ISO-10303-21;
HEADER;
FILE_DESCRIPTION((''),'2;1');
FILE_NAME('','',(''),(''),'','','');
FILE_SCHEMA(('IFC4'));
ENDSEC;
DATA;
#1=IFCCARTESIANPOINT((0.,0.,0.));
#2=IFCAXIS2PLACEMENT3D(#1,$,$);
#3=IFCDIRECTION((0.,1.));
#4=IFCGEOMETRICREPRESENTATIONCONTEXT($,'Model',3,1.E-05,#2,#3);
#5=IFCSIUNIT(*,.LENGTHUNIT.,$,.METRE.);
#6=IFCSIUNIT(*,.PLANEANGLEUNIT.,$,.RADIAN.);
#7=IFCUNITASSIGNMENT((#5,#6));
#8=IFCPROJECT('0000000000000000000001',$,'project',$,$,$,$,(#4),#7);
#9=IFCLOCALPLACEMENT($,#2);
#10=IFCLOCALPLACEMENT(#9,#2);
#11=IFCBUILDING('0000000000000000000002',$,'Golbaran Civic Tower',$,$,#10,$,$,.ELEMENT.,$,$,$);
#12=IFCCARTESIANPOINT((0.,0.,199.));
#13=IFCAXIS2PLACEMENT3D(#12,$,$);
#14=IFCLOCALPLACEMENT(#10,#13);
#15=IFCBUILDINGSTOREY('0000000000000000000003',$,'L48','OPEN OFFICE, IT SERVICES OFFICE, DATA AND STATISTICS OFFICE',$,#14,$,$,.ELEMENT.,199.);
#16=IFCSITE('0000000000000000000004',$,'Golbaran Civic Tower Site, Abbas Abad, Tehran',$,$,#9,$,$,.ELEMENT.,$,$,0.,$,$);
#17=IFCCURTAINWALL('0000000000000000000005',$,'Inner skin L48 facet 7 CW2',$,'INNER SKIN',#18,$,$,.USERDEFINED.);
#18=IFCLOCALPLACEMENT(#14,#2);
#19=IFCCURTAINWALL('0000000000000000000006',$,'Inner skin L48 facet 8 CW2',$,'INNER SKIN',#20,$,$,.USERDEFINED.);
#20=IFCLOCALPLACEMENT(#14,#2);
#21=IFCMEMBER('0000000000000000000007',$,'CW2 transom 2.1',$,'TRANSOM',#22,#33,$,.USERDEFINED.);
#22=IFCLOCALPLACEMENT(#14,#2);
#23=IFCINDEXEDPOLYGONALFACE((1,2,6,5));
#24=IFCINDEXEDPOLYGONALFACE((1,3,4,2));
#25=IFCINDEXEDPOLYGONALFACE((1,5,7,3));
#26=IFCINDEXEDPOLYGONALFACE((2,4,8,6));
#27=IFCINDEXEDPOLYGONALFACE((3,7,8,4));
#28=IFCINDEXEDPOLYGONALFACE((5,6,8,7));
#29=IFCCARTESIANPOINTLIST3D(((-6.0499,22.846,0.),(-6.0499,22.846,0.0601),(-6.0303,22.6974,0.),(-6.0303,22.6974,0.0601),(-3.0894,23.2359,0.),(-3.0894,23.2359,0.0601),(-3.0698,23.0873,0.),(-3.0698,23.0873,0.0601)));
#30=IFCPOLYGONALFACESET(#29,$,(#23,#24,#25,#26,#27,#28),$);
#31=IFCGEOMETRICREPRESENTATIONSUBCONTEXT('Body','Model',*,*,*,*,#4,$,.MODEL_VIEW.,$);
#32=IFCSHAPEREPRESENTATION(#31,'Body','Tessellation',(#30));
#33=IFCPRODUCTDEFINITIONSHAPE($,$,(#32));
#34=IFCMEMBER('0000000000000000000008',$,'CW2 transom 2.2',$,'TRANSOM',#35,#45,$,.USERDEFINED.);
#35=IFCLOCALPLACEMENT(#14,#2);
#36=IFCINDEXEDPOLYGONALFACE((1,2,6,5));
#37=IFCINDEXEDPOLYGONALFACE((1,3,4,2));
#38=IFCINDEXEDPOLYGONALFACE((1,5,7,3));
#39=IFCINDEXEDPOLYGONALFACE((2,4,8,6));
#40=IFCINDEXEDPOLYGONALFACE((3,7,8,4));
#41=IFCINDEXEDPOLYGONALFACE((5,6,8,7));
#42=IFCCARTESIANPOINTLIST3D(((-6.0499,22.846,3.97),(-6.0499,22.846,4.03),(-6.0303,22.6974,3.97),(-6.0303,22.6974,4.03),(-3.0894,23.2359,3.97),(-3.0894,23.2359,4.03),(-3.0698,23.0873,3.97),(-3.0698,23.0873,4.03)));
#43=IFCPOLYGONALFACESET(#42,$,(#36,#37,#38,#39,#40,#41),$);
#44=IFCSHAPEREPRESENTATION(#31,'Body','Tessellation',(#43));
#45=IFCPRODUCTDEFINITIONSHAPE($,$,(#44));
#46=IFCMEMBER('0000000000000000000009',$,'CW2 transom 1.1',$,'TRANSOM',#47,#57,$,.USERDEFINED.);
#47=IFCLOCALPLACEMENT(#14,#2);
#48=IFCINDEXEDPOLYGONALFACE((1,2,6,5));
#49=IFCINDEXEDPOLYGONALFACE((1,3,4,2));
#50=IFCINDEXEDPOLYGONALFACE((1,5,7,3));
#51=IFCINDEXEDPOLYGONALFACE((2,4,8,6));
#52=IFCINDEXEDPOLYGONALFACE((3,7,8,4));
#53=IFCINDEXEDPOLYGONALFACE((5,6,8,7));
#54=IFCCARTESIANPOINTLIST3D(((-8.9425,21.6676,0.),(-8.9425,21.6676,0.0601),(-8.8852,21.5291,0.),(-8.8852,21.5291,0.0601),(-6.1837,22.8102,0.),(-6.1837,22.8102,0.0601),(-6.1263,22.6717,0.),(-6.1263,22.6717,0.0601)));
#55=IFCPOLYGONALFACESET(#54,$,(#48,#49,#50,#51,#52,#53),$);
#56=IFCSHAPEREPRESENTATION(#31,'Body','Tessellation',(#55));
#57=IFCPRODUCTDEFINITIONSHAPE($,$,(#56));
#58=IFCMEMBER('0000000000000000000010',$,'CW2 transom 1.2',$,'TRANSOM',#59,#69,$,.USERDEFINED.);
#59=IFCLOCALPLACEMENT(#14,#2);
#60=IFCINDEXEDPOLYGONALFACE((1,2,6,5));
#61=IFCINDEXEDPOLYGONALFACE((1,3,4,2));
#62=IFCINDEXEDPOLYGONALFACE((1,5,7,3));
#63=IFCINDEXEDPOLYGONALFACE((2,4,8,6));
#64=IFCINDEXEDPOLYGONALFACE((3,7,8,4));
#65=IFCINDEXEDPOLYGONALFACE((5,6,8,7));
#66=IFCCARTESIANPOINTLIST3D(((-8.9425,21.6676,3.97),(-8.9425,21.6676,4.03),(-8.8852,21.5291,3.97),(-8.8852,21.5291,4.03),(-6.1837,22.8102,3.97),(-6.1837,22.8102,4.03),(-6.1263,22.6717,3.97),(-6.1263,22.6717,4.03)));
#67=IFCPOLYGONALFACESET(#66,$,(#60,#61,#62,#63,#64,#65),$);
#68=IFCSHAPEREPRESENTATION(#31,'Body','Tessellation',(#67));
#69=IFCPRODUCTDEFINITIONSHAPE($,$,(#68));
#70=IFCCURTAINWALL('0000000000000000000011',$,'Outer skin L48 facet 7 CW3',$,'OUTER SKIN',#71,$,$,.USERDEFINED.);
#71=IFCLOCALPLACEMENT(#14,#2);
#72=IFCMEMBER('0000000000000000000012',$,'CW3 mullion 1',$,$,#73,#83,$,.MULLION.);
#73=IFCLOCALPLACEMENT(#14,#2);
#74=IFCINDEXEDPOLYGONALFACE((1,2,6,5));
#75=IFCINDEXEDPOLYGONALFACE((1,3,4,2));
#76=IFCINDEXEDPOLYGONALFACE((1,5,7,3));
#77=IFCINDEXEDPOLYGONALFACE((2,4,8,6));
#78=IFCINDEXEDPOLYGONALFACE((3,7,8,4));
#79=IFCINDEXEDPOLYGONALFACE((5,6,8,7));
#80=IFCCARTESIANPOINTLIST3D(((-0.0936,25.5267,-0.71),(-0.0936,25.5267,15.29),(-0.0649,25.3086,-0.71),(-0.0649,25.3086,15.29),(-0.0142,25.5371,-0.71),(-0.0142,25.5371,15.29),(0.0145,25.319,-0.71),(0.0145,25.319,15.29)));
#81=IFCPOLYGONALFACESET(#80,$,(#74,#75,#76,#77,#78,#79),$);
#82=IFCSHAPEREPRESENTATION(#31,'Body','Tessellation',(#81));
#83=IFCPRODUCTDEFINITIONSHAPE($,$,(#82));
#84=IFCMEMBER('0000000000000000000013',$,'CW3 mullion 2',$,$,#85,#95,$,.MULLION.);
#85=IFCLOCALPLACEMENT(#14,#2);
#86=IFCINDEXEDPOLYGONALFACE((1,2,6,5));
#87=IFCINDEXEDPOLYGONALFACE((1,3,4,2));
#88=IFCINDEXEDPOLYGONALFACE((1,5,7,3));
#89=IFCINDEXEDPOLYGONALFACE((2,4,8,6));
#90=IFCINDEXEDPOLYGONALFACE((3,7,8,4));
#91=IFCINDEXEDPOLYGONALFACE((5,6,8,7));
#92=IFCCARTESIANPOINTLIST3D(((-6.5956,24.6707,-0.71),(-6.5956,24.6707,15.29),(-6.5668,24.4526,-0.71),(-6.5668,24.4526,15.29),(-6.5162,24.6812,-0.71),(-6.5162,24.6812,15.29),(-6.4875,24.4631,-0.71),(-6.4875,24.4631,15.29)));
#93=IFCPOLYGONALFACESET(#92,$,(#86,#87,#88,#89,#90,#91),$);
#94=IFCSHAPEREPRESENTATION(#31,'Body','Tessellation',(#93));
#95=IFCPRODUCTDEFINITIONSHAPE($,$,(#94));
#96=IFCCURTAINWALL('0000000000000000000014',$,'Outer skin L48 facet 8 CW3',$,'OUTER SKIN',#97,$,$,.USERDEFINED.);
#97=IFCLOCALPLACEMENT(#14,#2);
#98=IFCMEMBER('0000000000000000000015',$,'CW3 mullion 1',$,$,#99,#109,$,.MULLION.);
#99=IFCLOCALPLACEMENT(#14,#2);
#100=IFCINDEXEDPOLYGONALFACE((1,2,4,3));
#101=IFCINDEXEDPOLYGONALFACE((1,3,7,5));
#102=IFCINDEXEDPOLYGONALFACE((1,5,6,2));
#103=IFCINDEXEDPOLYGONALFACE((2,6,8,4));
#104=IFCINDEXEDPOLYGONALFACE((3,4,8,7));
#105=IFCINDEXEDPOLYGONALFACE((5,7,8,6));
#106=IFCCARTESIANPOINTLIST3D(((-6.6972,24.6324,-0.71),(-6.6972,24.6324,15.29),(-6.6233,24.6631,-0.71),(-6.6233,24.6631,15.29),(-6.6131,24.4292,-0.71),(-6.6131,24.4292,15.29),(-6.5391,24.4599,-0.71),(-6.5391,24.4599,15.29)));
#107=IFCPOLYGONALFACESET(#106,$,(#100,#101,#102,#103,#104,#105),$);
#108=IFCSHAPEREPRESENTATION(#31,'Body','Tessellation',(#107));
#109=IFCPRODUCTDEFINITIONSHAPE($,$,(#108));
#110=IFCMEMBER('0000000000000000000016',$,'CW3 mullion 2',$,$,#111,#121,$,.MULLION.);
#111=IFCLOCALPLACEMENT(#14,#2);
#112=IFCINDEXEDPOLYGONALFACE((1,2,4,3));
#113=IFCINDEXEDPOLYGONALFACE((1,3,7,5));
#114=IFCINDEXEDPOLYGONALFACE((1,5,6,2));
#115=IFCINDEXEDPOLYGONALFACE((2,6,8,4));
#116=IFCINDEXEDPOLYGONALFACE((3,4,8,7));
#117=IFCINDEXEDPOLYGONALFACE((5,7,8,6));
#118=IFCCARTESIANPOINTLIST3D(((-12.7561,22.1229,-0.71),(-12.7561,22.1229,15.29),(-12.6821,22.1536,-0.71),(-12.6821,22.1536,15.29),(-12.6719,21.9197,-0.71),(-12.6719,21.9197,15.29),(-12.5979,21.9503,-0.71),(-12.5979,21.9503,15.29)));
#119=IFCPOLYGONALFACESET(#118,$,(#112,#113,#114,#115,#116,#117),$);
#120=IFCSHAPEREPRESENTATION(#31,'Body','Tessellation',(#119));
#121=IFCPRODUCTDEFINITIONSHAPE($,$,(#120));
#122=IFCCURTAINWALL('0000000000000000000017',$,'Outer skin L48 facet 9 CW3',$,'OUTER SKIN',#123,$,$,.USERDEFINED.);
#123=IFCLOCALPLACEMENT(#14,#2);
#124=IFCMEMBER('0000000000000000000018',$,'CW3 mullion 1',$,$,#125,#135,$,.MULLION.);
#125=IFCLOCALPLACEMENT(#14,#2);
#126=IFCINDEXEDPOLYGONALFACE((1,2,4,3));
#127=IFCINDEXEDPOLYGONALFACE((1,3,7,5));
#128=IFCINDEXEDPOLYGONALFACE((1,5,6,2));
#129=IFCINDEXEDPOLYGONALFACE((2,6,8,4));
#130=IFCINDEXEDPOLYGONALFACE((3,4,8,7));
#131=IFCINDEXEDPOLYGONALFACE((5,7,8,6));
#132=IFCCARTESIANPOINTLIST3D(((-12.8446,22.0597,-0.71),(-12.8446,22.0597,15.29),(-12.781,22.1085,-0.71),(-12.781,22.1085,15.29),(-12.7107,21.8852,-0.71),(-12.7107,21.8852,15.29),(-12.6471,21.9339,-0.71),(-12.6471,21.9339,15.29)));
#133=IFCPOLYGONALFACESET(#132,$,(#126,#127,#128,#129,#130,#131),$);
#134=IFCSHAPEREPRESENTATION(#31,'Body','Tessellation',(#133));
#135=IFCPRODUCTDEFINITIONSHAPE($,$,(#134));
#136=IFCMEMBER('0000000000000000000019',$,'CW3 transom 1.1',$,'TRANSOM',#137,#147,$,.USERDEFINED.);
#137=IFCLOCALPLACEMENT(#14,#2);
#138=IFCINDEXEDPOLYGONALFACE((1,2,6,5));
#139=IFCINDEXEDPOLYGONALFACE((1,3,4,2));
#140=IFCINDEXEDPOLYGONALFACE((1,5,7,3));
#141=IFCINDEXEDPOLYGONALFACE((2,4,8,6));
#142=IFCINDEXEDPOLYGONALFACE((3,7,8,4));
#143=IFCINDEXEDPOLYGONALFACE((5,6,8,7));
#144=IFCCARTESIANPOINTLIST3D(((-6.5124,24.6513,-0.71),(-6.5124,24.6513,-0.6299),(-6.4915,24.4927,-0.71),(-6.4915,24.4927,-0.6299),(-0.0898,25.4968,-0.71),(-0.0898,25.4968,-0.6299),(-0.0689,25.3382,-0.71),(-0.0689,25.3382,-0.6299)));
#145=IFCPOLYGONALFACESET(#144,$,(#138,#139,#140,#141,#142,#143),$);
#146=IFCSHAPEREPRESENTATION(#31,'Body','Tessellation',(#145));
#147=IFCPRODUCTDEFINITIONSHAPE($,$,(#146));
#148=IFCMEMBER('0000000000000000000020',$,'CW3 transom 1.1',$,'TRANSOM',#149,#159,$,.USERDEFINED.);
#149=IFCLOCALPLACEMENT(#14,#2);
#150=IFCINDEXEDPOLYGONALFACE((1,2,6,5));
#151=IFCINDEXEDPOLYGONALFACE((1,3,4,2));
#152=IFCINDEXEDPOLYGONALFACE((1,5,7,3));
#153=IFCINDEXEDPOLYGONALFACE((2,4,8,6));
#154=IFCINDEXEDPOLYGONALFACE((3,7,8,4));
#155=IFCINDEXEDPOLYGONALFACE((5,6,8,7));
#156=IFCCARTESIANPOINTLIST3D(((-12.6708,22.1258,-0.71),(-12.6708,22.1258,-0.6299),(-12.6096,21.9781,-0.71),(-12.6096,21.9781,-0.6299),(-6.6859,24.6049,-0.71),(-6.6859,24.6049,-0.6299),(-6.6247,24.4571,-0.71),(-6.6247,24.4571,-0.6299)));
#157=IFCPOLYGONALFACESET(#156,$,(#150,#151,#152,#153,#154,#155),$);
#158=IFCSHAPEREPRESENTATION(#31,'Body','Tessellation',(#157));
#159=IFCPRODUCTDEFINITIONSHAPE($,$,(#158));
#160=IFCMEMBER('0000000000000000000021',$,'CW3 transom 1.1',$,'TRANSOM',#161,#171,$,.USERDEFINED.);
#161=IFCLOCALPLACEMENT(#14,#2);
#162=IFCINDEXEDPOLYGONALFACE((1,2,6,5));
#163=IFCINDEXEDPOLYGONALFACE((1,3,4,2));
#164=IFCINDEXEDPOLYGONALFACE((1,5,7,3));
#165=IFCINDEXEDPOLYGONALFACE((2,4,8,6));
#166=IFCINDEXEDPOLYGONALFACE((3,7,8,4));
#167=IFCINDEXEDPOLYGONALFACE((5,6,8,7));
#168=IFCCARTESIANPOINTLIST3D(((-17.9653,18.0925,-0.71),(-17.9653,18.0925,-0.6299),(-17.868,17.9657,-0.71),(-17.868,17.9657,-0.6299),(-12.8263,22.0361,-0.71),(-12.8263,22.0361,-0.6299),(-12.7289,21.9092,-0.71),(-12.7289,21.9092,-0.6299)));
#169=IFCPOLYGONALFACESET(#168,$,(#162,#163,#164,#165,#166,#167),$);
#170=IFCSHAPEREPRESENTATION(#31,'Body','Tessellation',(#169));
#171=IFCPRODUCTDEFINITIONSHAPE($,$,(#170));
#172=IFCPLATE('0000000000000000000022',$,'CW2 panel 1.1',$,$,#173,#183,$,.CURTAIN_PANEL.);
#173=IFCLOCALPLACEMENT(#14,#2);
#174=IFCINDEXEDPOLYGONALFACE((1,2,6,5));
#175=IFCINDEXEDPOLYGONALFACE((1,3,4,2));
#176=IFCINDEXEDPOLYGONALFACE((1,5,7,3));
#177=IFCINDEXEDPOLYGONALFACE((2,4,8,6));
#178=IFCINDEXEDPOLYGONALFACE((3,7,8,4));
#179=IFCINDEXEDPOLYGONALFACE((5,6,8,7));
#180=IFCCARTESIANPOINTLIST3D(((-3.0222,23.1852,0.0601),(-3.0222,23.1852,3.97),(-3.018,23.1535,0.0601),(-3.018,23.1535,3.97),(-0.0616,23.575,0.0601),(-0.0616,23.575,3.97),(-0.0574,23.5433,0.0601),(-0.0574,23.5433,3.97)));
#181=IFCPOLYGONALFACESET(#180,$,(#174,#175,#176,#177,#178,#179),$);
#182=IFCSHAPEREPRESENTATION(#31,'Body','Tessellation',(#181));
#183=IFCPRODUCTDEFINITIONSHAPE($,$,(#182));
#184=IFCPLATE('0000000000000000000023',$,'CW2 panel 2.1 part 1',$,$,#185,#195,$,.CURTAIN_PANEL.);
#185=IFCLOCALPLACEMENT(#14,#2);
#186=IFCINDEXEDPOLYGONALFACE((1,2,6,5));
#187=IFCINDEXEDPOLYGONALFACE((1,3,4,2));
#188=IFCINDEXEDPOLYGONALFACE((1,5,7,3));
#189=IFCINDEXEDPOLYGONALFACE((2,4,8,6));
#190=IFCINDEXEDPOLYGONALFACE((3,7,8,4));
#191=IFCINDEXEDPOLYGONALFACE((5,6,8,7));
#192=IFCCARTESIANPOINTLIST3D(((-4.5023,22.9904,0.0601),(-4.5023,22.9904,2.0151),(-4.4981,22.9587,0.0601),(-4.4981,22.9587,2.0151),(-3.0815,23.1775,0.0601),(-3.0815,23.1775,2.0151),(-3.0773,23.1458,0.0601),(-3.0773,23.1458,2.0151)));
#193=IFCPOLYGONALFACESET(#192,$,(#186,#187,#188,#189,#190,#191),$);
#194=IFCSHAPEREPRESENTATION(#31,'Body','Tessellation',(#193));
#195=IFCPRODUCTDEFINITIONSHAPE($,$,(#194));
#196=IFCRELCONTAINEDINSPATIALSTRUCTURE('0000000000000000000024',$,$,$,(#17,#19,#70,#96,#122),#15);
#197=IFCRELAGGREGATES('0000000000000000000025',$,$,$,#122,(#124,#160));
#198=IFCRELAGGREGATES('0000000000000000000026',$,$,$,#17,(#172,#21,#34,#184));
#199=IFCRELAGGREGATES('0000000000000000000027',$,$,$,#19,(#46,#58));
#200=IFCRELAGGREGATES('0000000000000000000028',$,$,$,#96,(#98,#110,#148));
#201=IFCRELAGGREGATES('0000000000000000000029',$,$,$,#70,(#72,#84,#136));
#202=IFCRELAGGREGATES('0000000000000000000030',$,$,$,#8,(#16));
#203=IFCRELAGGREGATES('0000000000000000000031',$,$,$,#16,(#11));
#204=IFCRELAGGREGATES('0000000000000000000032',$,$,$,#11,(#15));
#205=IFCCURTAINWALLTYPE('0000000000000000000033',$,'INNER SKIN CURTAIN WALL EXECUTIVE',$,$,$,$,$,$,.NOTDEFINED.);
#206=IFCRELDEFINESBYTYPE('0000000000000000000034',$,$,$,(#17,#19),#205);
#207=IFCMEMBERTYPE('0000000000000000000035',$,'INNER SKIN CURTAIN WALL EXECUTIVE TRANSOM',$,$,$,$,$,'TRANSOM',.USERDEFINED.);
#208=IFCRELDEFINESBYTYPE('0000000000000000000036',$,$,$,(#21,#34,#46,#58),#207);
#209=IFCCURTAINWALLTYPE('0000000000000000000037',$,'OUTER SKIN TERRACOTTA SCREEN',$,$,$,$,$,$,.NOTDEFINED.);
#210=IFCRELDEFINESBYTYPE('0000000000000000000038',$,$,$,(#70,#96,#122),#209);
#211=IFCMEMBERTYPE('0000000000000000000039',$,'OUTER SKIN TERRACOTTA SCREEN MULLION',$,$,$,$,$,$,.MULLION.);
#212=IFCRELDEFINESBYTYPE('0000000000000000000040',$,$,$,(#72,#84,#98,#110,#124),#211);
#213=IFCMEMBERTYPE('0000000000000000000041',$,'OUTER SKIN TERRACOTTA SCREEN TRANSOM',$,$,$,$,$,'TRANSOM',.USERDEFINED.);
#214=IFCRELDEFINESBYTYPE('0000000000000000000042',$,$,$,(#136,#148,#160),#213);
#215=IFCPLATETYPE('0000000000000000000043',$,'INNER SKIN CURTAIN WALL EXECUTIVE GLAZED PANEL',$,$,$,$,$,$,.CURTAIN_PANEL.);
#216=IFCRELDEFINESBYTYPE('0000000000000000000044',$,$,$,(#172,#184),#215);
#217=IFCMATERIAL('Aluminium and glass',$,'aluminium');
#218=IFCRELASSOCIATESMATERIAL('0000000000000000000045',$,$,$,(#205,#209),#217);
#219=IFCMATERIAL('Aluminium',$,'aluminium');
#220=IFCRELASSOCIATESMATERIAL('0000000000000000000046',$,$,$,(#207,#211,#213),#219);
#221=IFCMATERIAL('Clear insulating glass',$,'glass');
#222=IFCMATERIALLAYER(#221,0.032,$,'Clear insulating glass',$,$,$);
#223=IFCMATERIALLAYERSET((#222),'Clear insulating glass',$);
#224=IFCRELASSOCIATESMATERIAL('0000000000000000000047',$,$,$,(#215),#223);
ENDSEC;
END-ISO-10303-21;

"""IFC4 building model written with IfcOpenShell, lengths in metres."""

from ifc_helpers import new_model, si_unit, direction, frame, origin, origin_2d, place, context, subcontext, project, spatial, rectangle, extrude, material, layer, layer_set, material_profile, profile_set, type_object, element, aggregate, save


model = new_model("IFC4")

# Units and contexts
model_context = context("Model", 3, precision=1e-05, world=origin(), true_north=direction((0.0, 1.0)))
body_context = subcontext(model_context, "Body", "Model", "MODEL_VIEW")
ifc_project = project(units=[si_unit("LENGTHUNIT", "METRE"), si_unit("PLANEANGLEUNIT", "RADIAN")], contexts=[model_context])

# Site, building, storey
site_placement = place(None, origin())
site = spatial("IfcSite", under=ifc_project, at=site_placement, Name="Golbaran Civic Tower Site, Abbas Abad, Tehran", CompositionType="ELEMENT", RefElevation=0.0)
building_placement = place(site_placement, origin())
building = spatial("IfcBuilding", under=site, at=building_placement, Name="Golbaran Civic Tower", CompositionType="ELEMENT")
storey_placement = place(building_placement, frame((0.0, 0.0, 199.0)))
storey = spatial("IfcBuildingStorey", under=building, at=storey_placement, Name="L48", Description="OPEN OFFICE, IT SERVICES OFFICE, DATA AND STATISTICS OFFICE", CompositionType="ELEMENT", Elevation=199.0)

# Curtain wall
ifc_material_1 = material(Name="Aluminium and glass", Category="aluminium")
curtain_wall_type_1 = type_object("IfcCurtainWallType", Name="INNER SKIN CURTAIN WALL EXECUTIVE", PredefinedType="NOTDEFINED", material=ifc_material_1)
curtain_wall_1_placement = place(storey_placement, origin())
curtain_wall_1 = element("IfcCurtainWall", 1, at=curtain_wall_1_placement, inside=storey, type_object=curtain_wall_type_1, Name="Inner skin L48 facet 7 CW2", ObjectType="INNER SKIN", PredefinedType="USERDEFINED")
ifc_material_2 = material(Name="Aluminium", Category="aluminium")

# Curtain wall
curtain_wall_2_placement = place(storey_placement, origin())
curtain_wall_2 = element("IfcCurtainWall", 2, at=curtain_wall_2_placement, inside=storey, type_object=curtain_wall_type_1, Name="Inner skin L48 facet 8 CW2", ObjectType="INNER SKIN", PredefinedType="USERDEFINED")

# Members
ifc_material_profile_1 = material_profile(ifc_material_2, rectangle(XDim=0.1499, YDim=0.0601, at=origin_2d()), Name="INNER SKIN CURTAIN WALL EXECUTIVE TRANSOM")
ifc_profile_set_1 = profile_set([ifc_material_profile_1], Name="Aluminium")
member_type_1 = type_object("IfcMemberType", Name="INNER SKIN CURTAIN WALL EXECUTIVE TRANSOM", ElementType="TRANSOM", PredefinedType="USERDEFINED", material=ifc_profile_set_1)
member_1_placement = place(storey_placement, frame((-3.0796, 23.1616, 0.03), z_axis=(-0.991439, -0.130573, 0.0), x_axis=(0.130573, -0.991439, 0.0)))
member_1 = element("IfcMember", 3, at=member_1_placement, type_object=member_type_1, Name="CW2 transom 2.1", ObjectType="TRANSOM", PredefinedType="USERDEFINED", context=body_context, shape_type="SweptSolid", body=[
    extrude(rectangle(XDim=0.1499, YDim=0.0601, at=origin_2d()), origin(), (0.0, 0.0, 1.0), 2.9861),
])
member_2_placement = place(storey_placement, frame((-3.0796, 23.1616, 4.0), z_axis=(-0.991439, -0.130573, 0.0), x_axis=(0.130573, -0.991439, 0.0)))
member_2 = element("IfcMember", 4, at=member_2_placement, type_object=member_type_1, Name="CW2 transom 2.2", ObjectType="TRANSOM", PredefinedType="USERDEFINED", context=body_context, shape_type="SweptSolid", body=[
    extrude(rectangle(XDim=0.1499, YDim=0.0601, at=origin_2d()), origin(), (0.0, 0.0, 1.0), 2.9861),
])
member_3_placement = place(storey_placement, frame((-6.155, 22.741, 0.03), z_axis=(-0.923897, -0.382641, 0.0), x_axis=(0.382641, -0.923897, 0.0)))
member_3 = element("IfcMember", 5, at=member_3_placement, type_object=member_type_1, Name="CW2 transom 1.1", ObjectType="TRANSOM", PredefinedType="USERDEFINED", context=body_context, shape_type="SweptSolid", body=[
    extrude(rectangle(XDim=0.1499, YDim=0.0601, at=origin_2d()), origin(), (0.0, 0.0, 1.0), 2.9861),
])
member_4_placement = place(storey_placement, frame((-6.155, 22.741, 4.0), z_axis=(-0.923897, -0.382641, 0.0), x_axis=(0.382641, -0.923897, 0.0)))
member_4 = element("IfcMember", 6, at=member_4_placement, type_object=member_type_1, Name="CW2 transom 1.2", ObjectType="TRANSOM", PredefinedType="USERDEFINED", context=body_context, shape_type="SweptSolid", body=[
    extrude(rectangle(XDim=0.1499, YDim=0.0601, at=origin_2d()), origin(), (0.0, 0.0, 1.0), 2.9861),
])

# Curtain walls, members
curtain_wall_type_2 = type_object("IfcCurtainWallType", Name="OUTER SKIN TERRACOTTA SCREEN", PredefinedType="NOTDEFINED", material=ifc_material_1)
curtain_wall_3_placement = place(storey_placement, origin())
curtain_wall_3 = element("IfcCurtainWall", 7, at=curtain_wall_3_placement, inside=storey, type_object=curtain_wall_type_2, Name="Outer skin L48 facet 7 CW3", ObjectType="OUTER SKIN", PredefinedType="USERDEFINED")
ifc_material_profile_2 = material_profile(ifc_material_2, rectangle(XDim=0.22, YDim=0.0801, at=origin_2d()), Name="OUTER SKIN TERRACOTTA SCREEN MULLION")
ifc_profile_set_2 = profile_set([ifc_material_profile_2], Name="Aluminium")
member_type_2 = type_object("IfcMemberType", Name="OUTER SKIN TERRACOTTA SCREEN MULLION", PredefinedType="MULLION", material=ifc_profile_set_2)
member_5_placement = place(storey_placement, frame((-0.0396, 25.4229, -0.71), z_axis=(0.0, 0.0, 1.0), x_axis=(0.130526, -0.991445, 0.0)))
member_5 = element("IfcMember", 8, at=member_5_placement, type_object=member_type_2, Name="CW3 mullion 1", PredefinedType="MULLION", context=body_context, shape_type="SweptSolid", body=[
    extrude(rectangle(XDim=0.22, YDim=0.0801, at=origin_2d()), origin(), (0.0, 0.0, 1.0), 16.0),
])
member_6_placement = place(storey_placement, frame((-6.5415, 24.5669, -0.71), z_axis=(0.0, 0.0, 1.0), x_axis=(0.130526, -0.991445, 0.0)))
member_6 = element("IfcMember", 9, at=member_6_placement, type_object=member_type_2, Name="CW3 mullion 2", PredefinedType="MULLION", context=body_context, shape_type="SweptSolid", body=[
    extrude(rectangle(XDim=0.22, YDim=0.0801, at=origin_2d()), origin(), (0.0, 0.0, 1.0), 16.0),
])
curtain_wall_4_placement = place(storey_placement, origin())
curtain_wall_4 = element("IfcCurtainWall", 10, at=curtain_wall_4_placement, inside=storey, type_object=curtain_wall_type_2, Name="Outer skin L48 facet 8 CW3", ObjectType="OUTER SKIN", PredefinedType="USERDEFINED")
member_7_placement = place(storey_placement, frame((-6.6182, 24.5461, -0.71), z_axis=(0.0, 0.0, 1.0), x_axis=(0.382683, -0.92388, 0.0)))
member_7 = element("IfcMember", 11, at=member_7_placement, type_object=member_type_2, Name="CW3 mullion 1", PredefinedType="MULLION", context=body_context, shape_type="SweptSolid", body=[
    extrude(rectangle(XDim=0.22, YDim=0.0801, at=origin_2d()), origin(), (0.0, 0.0, 1.0), 16.0),
])
member_8_placement = place(storey_placement, frame((-12.677, 22.0366, -0.71), z_axis=(0.0, 0.0, 1.0), x_axis=(0.382683, -0.92388, 0.0)))
member_8 = element("IfcMember", 12, at=member_8_placement, type_object=member_type_2, Name="CW3 mullion 2", PredefinedType="MULLION", context=body_context, shape_type="SweptSolid", body=[
    extrude(rectangle(XDim=0.22, YDim=0.0801, at=origin_2d()), origin(), (0.0, 0.0, 1.0), 16.0),
])

# Curtain wall, member
curtain_wall_5_placement = place(storey_placement, origin())
curtain_wall_5 = element("IfcCurtainWall", 13, at=curtain_wall_5_placement, inside=storey, type_object=curtain_wall_type_2, Name="Outer skin L48 facet 9 CW3", ObjectType="OUTER SKIN", PredefinedType="USERDEFINED")
member_9_placement = place(storey_placement, frame((-12.7458, 21.9968, -0.71), z_axis=(0.0, 0.0, 1.0), x_axis=(0.608761, -0.793353, 0.0)))
member_9 = element("IfcMember", 14, at=member_9_placement, type_object=member_type_2, Name="CW3 mullion 1", PredefinedType="MULLION", context=body_context, shape_type="SweptSolid", body=[
    extrude(rectangle(XDim=0.22, YDim=0.0801, at=origin_2d()), origin(), (0.0, 0.0, 1.0), 16.0),
])

# Members
ifc_material_profile_3 = material_profile(ifc_material_2, rectangle(XDim=0.1599, YDim=0.0801, at=origin_2d()), Name="OUTER SKIN TERRACOTTA SCREEN TRANSOM")
ifc_profile_set_3 = profile_set([ifc_material_profile_3], Name="Aluminium")
member_type_3 = type_object("IfcMemberType", Name="OUTER SKIN TERRACOTTA SCREEN TRANSOM", ElementType="TRANSOM", PredefinedType="USERDEFINED", material=ifc_profile_set_3)
member_10_placement = place(storey_placement, frame((-0.0793, 25.4175, -0.6699), z_axis=(-0.991447, -0.130512, 0.0), x_axis=(0.130512, -0.991447, 0.0)))
member_10 = element("IfcMember", 15, at=member_10_placement, type_object=member_type_3, Name="CW3 transom 1.1", ObjectType="TRANSOM", PredefinedType="USERDEFINED", context=body_context, shape_type="SweptSolid", body=[
    extrude(rectangle(XDim=0.1599, YDim=0.0801, at=origin_2d()), origin(), (0.0, 0.0, 1.0), 6.478),
])
member_11_placement = place(storey_placement, frame((-6.6553, 24.531, -0.6699), z_axis=(-0.92388, -0.382682, 0.0), x_axis=(0.382682, -0.92388, 0.0)))
member_11 = element("IfcMember", 16, at=member_11_placement, type_object=member_type_3, Name="CW3 transom 1.1", ObjectType="TRANSOM", PredefinedType="USERDEFINED", context=body_context, shape_type="SweptSolid", body=[
    extrude(rectangle(XDim=0.1599, YDim=0.0801, at=origin_2d()), origin(), (0.0, 0.0, 1.0), 6.478),
])
member_12_placement = place(storey_placement, frame((-12.7776, 21.9727, -0.6699), z_axis=(-0.793339, -0.60878, 0.0), x_axis=(0.60878, -0.793339, 0.0)))
member_12 = element("IfcMember", 17, at=member_12_placement, type_object=member_type_3, Name="CW3 transom 1.1", ObjectType="TRANSOM", PredefinedType="USERDEFINED", context=body_context, shape_type="SweptSolid", body=[
    extrude(rectangle(XDim=0.1599, YDim=0.0801, at=origin_2d()), origin(), (0.0, 0.0, 1.0), 6.4778),
])
aggregate(curtain_wall_5, [member_9, member_12])

# Plates
ifc_material_3 = material(Name="Clear insulating glass", Category="glass")
ifc_layer_1 = layer(ifc_material_3, 0.032, Name="Clear insulating glass")
ifc_layer_set_1 = layer_set([ifc_layer_1], Name="Clear insulating glass")
plate_type_1 = type_object("IfcPlateType", Name="INNER SKIN CURTAIN WALL EXECUTIVE GLAZED PANEL", PredefinedType="CURTAIN_PANEL", material=ifc_layer_set_1)
plate_1_placement = place(storey_placement, frame((-1.5398, 23.3643, 0.0601), z_axis=(0.0, 0.0, 1.0), x_axis=(-0.991445, -0.130526, 0.0)))
plate_1 = element("IfcPlate", 18, at=plate_1_placement, type_object=plate_type_1, Name="CW2 panel 1.1", PredefinedType="CURTAIN_PANEL", context=body_context, shape_type="SweptSolid", body=[
    extrude(rectangle(XDim=2.9861, YDim=0.032, at=origin_2d()), origin(), (0.0, 0.0, 1.0), 3.9099),
])
plate_2_placement = place(storey_placement, frame((-3.7898, 23.0681, 0.0601), z_axis=(0.0, 0.0, 1.0), x_axis=(-0.991445, -0.130526, 0.0)))
plate_2 = element("IfcPlate", 19, at=plate_2_placement, type_object=plate_type_1, Name="CW2 panel 2.1 part 1", PredefinedType="CURTAIN_PANEL", context=body_context, shape_type="SweptSolid", body=[
    extrude(rectangle(XDim=1.4331, YDim=0.032, at=origin_2d()), origin(), (0.0, 0.0, 1.0), 1.9551),
])
aggregate(curtain_wall_1, [plate_1, member_1, member_2, plate_2])
aggregate(curtain_wall_2, [member_3, member_4])
aggregate(curtain_wall_4, [member_7, member_8, member_11])
aggregate(curtain_wall_3, [member_5, member_6, member_10])

save(model, "model.ifc")
